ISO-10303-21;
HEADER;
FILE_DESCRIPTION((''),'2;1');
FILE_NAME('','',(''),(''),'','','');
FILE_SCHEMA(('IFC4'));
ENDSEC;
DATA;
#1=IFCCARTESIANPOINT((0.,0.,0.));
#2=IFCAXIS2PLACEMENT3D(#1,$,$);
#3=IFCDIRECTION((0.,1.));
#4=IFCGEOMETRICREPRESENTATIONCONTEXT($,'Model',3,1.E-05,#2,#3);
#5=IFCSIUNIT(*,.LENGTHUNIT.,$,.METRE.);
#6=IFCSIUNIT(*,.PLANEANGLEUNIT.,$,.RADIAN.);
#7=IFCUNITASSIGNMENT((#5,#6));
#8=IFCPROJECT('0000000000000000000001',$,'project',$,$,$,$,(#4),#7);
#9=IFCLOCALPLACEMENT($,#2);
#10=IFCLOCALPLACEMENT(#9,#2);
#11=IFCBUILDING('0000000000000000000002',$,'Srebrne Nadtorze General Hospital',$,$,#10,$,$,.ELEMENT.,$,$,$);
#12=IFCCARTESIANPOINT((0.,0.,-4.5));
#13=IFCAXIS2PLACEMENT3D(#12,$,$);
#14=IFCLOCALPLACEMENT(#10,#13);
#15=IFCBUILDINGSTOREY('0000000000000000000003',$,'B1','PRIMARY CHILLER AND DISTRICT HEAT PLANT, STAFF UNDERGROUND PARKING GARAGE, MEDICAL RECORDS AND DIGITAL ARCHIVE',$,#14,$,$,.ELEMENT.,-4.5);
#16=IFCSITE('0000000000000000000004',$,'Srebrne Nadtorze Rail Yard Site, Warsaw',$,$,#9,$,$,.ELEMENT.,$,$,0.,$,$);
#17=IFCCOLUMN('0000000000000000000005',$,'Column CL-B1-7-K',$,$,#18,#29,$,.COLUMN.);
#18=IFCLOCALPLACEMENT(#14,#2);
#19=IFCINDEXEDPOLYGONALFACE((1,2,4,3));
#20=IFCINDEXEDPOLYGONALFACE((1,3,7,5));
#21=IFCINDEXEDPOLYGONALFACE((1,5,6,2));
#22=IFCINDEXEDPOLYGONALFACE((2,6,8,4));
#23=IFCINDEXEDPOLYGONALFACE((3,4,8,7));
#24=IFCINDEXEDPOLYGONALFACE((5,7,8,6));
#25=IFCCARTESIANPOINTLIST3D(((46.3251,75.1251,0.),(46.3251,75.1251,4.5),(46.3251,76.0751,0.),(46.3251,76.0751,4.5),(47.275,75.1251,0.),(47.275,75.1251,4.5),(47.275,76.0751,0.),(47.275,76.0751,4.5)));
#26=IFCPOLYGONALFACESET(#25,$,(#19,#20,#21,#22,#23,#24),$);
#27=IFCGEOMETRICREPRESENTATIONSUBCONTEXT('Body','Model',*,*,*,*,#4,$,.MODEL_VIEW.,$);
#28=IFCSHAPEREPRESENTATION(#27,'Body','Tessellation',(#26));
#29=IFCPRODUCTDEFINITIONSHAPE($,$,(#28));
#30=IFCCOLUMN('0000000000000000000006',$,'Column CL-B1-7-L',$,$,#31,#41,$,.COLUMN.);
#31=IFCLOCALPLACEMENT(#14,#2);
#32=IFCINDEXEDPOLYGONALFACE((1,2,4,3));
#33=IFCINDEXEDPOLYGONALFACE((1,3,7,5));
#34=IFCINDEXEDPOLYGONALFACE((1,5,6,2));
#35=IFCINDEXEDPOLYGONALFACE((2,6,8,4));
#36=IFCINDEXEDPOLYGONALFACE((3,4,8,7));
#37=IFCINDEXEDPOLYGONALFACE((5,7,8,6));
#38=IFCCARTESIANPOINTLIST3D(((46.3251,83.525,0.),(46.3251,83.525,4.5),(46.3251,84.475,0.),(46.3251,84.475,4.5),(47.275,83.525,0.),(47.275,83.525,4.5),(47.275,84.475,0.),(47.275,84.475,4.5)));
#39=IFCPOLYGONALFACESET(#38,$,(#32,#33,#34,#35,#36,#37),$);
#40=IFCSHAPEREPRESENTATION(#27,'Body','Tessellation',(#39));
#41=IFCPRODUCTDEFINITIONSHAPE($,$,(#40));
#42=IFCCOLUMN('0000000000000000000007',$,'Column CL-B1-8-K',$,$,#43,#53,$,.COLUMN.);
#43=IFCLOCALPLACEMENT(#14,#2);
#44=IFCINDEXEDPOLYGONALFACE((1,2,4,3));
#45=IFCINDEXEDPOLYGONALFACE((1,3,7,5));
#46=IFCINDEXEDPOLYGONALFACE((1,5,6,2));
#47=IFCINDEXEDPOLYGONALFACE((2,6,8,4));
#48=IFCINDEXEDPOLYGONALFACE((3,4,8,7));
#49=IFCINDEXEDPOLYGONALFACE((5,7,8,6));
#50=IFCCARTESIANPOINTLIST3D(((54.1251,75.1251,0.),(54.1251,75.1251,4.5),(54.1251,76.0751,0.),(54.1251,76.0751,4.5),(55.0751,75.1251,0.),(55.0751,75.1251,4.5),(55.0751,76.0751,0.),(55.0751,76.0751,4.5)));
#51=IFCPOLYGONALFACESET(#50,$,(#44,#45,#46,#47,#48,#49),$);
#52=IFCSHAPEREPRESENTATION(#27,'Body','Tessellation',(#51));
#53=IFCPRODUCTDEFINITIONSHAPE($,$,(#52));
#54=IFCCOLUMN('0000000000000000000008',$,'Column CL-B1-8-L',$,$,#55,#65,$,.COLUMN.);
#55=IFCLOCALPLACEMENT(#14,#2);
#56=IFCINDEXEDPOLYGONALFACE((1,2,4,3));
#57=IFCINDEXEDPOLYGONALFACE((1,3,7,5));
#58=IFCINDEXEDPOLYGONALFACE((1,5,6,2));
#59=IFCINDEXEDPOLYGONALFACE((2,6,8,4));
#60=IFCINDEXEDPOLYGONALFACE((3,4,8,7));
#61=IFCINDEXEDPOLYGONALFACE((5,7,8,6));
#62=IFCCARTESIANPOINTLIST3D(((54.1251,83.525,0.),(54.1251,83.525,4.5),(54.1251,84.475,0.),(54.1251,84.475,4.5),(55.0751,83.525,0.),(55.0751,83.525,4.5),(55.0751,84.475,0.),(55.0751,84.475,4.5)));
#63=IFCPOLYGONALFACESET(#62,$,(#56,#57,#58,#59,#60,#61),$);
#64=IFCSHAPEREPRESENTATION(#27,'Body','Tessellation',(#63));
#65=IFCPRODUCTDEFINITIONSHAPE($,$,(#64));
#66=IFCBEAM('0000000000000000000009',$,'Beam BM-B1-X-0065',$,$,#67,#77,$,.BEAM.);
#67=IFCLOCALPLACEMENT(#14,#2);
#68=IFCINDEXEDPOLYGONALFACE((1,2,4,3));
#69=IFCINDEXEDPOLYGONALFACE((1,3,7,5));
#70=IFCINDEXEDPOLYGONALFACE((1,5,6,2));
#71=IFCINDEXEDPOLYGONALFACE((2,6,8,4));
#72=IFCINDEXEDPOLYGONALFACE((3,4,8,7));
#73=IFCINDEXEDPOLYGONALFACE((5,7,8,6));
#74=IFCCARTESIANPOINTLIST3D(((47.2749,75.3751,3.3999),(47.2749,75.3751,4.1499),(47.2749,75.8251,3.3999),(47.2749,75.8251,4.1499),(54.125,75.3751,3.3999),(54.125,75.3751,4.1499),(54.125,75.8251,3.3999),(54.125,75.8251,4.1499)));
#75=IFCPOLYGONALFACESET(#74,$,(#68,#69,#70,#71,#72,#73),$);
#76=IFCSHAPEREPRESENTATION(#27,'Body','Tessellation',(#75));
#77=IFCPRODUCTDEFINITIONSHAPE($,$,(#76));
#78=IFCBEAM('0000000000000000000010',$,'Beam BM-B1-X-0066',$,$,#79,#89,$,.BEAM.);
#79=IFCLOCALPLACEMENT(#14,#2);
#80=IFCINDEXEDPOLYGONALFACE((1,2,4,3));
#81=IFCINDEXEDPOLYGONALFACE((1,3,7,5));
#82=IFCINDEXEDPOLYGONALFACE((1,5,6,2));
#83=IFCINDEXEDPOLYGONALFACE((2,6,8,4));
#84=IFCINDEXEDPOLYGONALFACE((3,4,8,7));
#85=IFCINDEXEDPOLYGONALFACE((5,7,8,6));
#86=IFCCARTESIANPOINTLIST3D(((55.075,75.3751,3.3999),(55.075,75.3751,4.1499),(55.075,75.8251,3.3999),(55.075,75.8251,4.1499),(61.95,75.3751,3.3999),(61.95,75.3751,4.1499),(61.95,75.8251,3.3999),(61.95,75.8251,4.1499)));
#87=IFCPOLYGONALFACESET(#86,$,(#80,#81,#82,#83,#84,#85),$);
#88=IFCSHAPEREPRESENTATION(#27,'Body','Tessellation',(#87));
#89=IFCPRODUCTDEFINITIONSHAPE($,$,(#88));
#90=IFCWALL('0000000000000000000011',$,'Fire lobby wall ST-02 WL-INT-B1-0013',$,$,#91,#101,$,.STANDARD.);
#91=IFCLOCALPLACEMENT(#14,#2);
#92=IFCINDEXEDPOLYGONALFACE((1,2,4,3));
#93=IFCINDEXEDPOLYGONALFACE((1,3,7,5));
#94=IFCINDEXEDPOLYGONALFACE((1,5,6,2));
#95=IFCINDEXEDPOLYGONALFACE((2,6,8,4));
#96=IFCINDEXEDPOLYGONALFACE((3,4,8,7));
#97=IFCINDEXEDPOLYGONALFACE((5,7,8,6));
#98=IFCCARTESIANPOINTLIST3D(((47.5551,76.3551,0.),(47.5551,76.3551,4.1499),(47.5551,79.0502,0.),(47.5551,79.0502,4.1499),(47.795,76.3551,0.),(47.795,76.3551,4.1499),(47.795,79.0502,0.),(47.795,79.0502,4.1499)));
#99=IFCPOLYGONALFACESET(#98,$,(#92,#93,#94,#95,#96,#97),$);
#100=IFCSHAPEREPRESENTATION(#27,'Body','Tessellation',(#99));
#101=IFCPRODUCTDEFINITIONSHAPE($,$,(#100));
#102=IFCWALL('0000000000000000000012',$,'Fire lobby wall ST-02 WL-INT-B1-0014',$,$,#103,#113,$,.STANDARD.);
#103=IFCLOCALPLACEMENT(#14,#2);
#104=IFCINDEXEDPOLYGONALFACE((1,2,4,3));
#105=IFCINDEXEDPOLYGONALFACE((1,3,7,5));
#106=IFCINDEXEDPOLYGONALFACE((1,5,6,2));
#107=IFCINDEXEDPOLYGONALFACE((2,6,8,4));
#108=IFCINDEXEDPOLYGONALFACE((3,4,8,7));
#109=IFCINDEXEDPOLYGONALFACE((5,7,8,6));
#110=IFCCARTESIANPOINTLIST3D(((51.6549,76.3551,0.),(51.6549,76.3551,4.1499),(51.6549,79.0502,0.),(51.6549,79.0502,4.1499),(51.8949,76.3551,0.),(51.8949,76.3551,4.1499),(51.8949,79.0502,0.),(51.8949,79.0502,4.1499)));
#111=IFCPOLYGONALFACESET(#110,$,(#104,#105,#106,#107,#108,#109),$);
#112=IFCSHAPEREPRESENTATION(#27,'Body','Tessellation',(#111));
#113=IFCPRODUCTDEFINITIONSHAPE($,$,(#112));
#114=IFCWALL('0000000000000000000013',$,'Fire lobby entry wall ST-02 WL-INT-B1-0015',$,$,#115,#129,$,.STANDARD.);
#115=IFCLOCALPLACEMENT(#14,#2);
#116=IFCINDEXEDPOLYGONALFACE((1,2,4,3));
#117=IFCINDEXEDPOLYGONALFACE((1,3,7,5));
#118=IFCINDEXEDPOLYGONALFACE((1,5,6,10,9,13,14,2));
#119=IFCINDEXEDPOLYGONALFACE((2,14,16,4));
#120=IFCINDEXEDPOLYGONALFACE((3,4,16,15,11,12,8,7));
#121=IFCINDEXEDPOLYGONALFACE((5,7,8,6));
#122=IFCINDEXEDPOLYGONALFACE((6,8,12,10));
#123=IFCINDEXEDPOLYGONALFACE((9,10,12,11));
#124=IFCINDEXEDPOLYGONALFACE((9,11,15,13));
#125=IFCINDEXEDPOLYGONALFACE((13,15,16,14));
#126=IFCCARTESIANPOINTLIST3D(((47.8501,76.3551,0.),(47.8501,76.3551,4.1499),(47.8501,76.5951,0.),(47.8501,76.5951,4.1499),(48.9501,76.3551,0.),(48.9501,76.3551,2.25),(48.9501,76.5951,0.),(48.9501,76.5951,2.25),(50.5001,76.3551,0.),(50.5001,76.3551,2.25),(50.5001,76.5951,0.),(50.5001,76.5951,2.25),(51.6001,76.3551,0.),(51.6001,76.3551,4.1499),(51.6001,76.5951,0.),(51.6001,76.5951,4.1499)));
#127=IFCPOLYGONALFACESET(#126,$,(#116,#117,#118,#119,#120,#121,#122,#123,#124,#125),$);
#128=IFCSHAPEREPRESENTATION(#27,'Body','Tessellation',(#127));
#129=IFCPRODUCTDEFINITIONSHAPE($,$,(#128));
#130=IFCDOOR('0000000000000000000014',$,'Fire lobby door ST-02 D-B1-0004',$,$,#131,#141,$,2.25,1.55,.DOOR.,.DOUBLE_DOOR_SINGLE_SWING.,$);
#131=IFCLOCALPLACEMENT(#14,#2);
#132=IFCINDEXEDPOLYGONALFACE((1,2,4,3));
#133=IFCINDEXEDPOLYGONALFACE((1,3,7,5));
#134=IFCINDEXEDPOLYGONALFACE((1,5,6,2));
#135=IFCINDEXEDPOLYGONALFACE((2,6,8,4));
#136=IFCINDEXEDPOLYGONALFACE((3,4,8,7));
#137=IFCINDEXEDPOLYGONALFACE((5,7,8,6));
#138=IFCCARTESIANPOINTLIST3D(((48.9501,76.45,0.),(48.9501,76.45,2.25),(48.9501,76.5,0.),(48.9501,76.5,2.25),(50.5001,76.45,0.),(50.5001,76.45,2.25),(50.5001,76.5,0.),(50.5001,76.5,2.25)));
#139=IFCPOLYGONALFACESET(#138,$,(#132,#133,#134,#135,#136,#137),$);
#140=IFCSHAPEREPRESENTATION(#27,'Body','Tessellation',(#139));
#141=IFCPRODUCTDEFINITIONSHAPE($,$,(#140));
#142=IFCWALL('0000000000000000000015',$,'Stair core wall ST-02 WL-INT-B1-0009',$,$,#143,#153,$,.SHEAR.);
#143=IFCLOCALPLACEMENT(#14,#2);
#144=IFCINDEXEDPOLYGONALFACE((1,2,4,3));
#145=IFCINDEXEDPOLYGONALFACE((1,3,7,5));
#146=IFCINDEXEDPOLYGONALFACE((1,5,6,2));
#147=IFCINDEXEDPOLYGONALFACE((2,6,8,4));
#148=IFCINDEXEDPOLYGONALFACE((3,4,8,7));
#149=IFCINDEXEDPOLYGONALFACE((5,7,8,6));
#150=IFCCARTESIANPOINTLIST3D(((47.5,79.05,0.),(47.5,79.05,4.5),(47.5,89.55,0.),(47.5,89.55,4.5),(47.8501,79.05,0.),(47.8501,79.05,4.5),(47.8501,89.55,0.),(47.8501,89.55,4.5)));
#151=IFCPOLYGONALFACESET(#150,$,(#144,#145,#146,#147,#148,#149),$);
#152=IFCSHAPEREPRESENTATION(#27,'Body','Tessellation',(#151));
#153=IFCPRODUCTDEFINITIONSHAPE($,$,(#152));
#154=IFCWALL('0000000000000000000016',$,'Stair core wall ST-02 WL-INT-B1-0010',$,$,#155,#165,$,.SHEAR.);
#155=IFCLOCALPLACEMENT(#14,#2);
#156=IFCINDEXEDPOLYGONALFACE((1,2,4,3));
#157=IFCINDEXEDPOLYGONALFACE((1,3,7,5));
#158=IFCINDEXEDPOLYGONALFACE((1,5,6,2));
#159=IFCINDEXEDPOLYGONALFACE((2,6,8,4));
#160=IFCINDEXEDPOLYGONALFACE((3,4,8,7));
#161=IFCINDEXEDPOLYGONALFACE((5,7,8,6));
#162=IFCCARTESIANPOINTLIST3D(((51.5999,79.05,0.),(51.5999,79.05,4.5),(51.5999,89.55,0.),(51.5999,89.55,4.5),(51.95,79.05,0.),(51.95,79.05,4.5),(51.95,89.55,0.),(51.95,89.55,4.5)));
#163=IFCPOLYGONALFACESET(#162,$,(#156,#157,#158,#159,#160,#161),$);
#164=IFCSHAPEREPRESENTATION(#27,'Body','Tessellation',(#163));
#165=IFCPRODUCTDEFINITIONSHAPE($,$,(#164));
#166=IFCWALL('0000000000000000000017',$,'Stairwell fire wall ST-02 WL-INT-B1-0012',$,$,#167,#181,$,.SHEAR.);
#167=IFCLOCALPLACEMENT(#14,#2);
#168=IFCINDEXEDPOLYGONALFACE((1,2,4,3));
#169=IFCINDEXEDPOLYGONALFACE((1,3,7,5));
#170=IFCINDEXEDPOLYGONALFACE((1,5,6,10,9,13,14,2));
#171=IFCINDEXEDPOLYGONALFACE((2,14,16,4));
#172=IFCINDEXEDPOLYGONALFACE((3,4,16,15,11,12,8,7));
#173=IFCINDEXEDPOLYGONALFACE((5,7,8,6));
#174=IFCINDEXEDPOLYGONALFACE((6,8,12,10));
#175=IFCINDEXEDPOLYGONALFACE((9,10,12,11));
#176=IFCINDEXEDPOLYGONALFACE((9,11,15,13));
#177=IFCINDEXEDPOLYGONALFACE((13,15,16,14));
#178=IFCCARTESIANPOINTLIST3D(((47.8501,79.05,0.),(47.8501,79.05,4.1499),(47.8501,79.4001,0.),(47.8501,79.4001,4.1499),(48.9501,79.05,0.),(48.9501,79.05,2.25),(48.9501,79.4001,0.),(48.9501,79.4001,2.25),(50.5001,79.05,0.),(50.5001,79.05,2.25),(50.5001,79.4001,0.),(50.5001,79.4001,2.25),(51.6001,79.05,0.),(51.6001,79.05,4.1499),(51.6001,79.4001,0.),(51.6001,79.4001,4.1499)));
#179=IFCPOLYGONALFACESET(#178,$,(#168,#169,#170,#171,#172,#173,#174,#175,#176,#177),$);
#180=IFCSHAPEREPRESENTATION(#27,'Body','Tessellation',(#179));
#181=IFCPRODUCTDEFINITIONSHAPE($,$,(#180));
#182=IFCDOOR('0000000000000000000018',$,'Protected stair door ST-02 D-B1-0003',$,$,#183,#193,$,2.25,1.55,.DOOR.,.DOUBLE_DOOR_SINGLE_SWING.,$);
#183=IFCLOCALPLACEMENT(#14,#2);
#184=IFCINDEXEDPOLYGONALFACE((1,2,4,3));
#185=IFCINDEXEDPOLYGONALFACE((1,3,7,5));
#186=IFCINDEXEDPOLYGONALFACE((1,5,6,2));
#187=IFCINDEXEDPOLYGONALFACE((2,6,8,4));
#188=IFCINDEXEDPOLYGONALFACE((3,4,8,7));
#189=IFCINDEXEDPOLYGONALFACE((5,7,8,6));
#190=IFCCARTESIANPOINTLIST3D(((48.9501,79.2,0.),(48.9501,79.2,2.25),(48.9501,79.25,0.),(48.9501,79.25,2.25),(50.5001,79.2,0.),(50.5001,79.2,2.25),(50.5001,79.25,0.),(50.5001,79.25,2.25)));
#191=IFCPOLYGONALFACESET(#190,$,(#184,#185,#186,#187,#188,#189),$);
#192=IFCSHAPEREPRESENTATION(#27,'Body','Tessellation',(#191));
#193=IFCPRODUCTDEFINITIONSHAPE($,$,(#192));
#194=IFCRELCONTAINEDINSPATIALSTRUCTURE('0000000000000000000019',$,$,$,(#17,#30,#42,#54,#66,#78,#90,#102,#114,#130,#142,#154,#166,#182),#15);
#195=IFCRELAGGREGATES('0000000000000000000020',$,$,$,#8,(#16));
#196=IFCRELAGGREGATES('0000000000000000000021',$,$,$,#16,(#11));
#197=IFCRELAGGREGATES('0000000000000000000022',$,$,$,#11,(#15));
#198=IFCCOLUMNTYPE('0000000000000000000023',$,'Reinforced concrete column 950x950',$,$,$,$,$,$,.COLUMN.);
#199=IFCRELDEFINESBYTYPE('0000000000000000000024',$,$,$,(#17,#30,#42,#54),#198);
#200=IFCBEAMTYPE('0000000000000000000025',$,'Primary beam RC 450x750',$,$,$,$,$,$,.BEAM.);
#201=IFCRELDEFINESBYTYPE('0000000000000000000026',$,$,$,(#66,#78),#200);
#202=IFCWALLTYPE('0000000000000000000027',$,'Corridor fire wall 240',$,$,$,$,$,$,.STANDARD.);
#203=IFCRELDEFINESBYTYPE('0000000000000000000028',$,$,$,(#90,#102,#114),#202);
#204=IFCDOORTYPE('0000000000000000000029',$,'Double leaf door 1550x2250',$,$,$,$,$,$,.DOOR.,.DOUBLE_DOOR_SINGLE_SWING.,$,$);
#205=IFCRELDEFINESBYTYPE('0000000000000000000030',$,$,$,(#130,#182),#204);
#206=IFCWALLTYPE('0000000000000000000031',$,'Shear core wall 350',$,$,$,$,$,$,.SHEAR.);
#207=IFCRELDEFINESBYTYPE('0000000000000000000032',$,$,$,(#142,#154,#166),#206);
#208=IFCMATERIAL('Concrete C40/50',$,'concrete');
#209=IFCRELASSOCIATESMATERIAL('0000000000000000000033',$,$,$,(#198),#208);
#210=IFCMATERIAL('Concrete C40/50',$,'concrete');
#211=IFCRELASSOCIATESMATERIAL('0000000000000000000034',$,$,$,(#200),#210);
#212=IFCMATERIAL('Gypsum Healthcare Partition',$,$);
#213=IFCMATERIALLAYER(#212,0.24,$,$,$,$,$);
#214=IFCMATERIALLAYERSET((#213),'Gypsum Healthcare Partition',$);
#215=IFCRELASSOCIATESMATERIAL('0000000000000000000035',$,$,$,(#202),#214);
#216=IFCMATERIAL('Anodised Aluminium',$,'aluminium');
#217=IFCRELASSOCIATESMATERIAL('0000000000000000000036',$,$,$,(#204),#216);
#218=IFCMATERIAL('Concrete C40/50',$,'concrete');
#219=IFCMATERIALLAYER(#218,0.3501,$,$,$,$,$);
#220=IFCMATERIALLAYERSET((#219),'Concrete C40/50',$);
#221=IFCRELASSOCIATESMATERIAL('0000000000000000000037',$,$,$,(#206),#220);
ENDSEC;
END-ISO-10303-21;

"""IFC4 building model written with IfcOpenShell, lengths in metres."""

from ifc_helpers import new_model, si_unit, direction, frame, frame_2d, origin, origin_2d, place, context, subcontext, project, spatial, rectangle, extrude, material, layer, layer_set, material_profile, profile_set, type_object, element, fill, save


model = new_model("IFC4")

# Units and contexts
model_context = context("Model", 3, precision=1e-05, world=origin(), true_north=direction((0.0, 1.0)))
body_context = subcontext(model_context, "Body", "Model", "MODEL_VIEW")
ifc_project = project(units=[si_unit("LENGTHUNIT", "METRE"), si_unit("PLANEANGLEUNIT", "RADIAN")], contexts=[model_context])

# Site, building, storey
site_placement = place(None, origin())
site = spatial("IfcSite", under=ifc_project, at=site_placement, Name="Srebrne Nadtorze Rail Yard Site, Warsaw", CompositionType="ELEMENT", RefElevation=0.0)
building_placement = place(site_placement, origin())
building = spatial("IfcBuilding", under=site, at=building_placement, Name="Srebrne Nadtorze General Hospital", CompositionType="ELEMENT")
storey_placement = place(building_placement, frame((0.0, 0.0, -4.5)))
storey = spatial("IfcBuildingStorey", under=building, at=storey_placement, Name="B1", Description="PRIMARY CHILLER AND DISTRICT HEAT PLANT, STAFF UNDERGROUND PARKING GARAGE, MEDICAL RECORDS AND DIGITAL ARCHIVE", CompositionType="ELEMENT", Elevation=-4.5)

# Columns
ifc_material_1 = material(Name="Concrete C40/50", Category="concrete")
ifc_material_profile_1 = material_profile(ifc_material_1, rectangle(XDim=0.95, YDim=0.95, at=origin_2d()), Name="RC-COL-950x950")
ifc_profile_set_1 = profile_set([ifc_material_profile_1], Name="Concrete C40/50")
column_type = type_object("IfcColumnType", Name="Reinforced concrete column 950x950", PredefinedType="COLUMN", material=ifc_profile_set_1)
for number, where, z_axis, x_axis, name in (
    (1, (46.8, 75.6001, 0.0), (0.0, 0.0, 1.0), (1.0, 0.0, 0.0), "Column CL-B1-7-K"),
    (2, (46.8, 84.0, 0.0), (0.0, 0.0, 1.0), (1.0, 0.0, 0.0), "Column CL-B1-7-L"),
    (3, (54.6001, 75.6001, 0.0), (0.0, 0.0, 1.0), (1.0, 0.0, 0.0), "Column CL-B1-8-K"),
    (4, (54.6001, 84.0, 0.0), (0.0, 0.0, 1.0), (1.0, 0.0, 0.0), "Column CL-B1-8-L"),
):
    element("IfcColumn", number, at=place(storey_placement, frame(where, z_axis=z_axis, x_axis=x_axis)), inside=storey, type_object=column_type, Name=name, PredefinedType="COLUMN", context=body_context, shape_type="SweptSolid", body=[
        extrude(rectangle(XDim=0.95, YDim=0.95, at=origin_2d()), origin(), (0.0, 0.0, 1.0), 4.5),
    ])

# Beams
ifc_material_2 = material(Name="Concrete C40/50", Category="concrete")
ifc_material_profile_2 = material_profile(ifc_material_2, rectangle(XDim=0.45, YDim=0.75, at=origin_2d()), Name="RC-BM-450x750")
ifc_profile_set_2 = profile_set([ifc_material_profile_2], Name="Concrete C40/50")
beam_type = type_object("IfcBeamType", Name="Primary beam RC 450x750", PredefinedType="BEAM", material=ifc_profile_set_2)
beam_1_placement = place(storey_placement, frame((47.2749, 75.6001, 3.7749), z_axis=(1.0, 0.0, 0.0), x_axis=(0.0, 1.0, 0.0)))
element("IfcBeam", 5, at=beam_1_placement, inside=storey, type_object=beam_type, Name="Beam BM-B1-X-0065", PredefinedType="BEAM", context=body_context, shape_type="SweptSolid", body=[
    extrude(rectangle(XDim=0.45, YDim=0.75, at=origin_2d()), origin(), (0.0, 0.0, 1.0), 6.8501),
])
beam_2_placement = place(storey_placement, frame((55.075, 75.6001, 3.7749), z_axis=(1.0, 0.0, 0.0), x_axis=(0.0, 1.0, 0.0)))
element("IfcBeam", 6, at=beam_2_placement, inside=storey, type_object=beam_type, Name="Beam BM-B1-X-0066", PredefinedType="BEAM", context=body_context, shape_type="SweptSolid", body=[
    extrude(rectangle(XDim=0.45, YDim=0.75, at=origin_2d()), origin(), (0.0, 0.0, 1.0), 6.875),
])

# Walls
ifc_material_3 = material(Name="Gypsum Healthcare Partition")
ifc_layer_1 = layer(ifc_material_3, 0.24)
ifc_layer_set_1 = layer_set([ifc_layer_1], Name="Gypsum Healthcare Partition")
wall_type_1 = type_object("IfcWallType", Name="Corridor fire wall 240", PredefinedType="STANDARD", material=ifc_layer_set_1)
for number, where, z_axis, x_axis, name in (
    (7, (47.675, 76.355, 0.0), (0.0, 0.0, 1.0), (0.0, 1.0, 0.0), "Fire lobby wall ST-02 WL-INT-B1-0013"),
    (8, (51.7749, 76.355, 0.0), (0.0, 0.0, 1.0), (0.0, 1.0, 0.0), "Fire lobby wall ST-02 WL-INT-B1-0014"),
):
    element("IfcWall", number, at=place(storey_placement, frame(where, z_axis=z_axis, x_axis=x_axis)), inside=storey, type_object=wall_type_1, Name=name, PredefinedType="STANDARD", context=body_context, shape_type="SweptSolid", body=[
        extrude(rectangle(XDim=2.6951, YDim=0.24, at=frame_2d((1.3477, 0.0))), origin(), (0.0, 0.0, 1.0), 4.1499),
    ])

# Wall, opening, door
wall_1_placement = place(storey_placement, frame((47.8501, 76.4751, 0.0), z_axis=(0.0, 0.0, 1.0), x_axis=(1.0, 0.0, 0.0)))
wall_1 = element("IfcWall", 9, at=wall_1_placement, inside=storey, type_object=wall_type_1, Name="Fire lobby entry wall ST-02 WL-INT-B1-0015", PredefinedType="STANDARD", context=body_context, shape_type="SweptSolid", body=[
    extrude(rectangle(XDim=3.75, YDim=0.24, at=frame_2d((1.875, 0.0))), origin(), (0.0, 0.0, 1.0), 4.1499),
])
opening_1_placement = place(wall_1_placement, frame((1.1001, 0.0, 0.0)))
opening_1 = element("IfcOpeningElement", 10, at=opening_1_placement, cuts=wall_1, PredefinedType="OPENING", context=body_context, shape_type="SweptSolid", body=[
    extrude(rectangle(XDim=1.55, YDim=2.25, at=frame_2d((0.7749, 1.125))), frame((0.0, 0.1318, 0.0), z_axis=(0.0, -1.0, 0.0), x_axis=(1.0, 0.0, 0.0)), (0.0, 0.0, 1.0), 0.2639),
])
ifc_material_4 = material(Name="Anodised Aluminium", Category="aluminium")
door_type = type_object("IfcDoorType", Name="Double leaf door 1550x2250", OperationType="DOUBLE_DOOR_SINGLE_SWING", PredefinedType="DOOR", material=ifc_material_4)
door_1_placement = place(opening_1_placement, origin())
door_1 = element("IfcDoor", 11, at=door_1_placement, inside=storey, type_object=door_type, Name="Fire lobby door ST-02 D-B1-0004", OperationType="DOUBLE_DOOR_SINGLE_SWING", OverallHeight=2.25, OverallWidth=1.55, PredefinedType="DOOR", context=body_context, shape_type="SweptSolid", body=[
    extrude(rectangle(XDim=1.55, YDim=2.25, at=frame_2d((0.7749, 1.125))), frame((0.0, 0.0249, 0.0), z_axis=(0.0, -1.0, 0.0), x_axis=(1.0, 0.0, 0.0)), (0.0, 0.0, 1.0), 0.05),
])
fill(opening_1, door_1)

# Walls
ifc_material_5 = material(Name="Concrete C40/50", Category="concrete")
ifc_layer_2 = layer(ifc_material_5, 0.3501)
ifc_layer_set_2 = layer_set([ifc_layer_2], Name="Concrete C40/50")
wall_type_2 = type_object("IfcWallType", Name="Shear core wall 350", PredefinedType="SHEAR", material=ifc_layer_set_2)
for number, where, z_axis, x_axis, name in (
    (12, (47.675, 79.05, 0.0), (0.0, 0.0, 1.0), (0.0, 1.0, 0.0), "Stair core wall ST-02 WL-INT-B1-0009"),
    (13, (51.7749, 79.05, 0.0), (0.0, 0.0, 1.0), (0.0, 1.0, 0.0), "Stair core wall ST-02 WL-INT-B1-0010"),
):
    element("IfcWall", number, at=place(storey_placement, frame(where, z_axis=z_axis, x_axis=x_axis)), inside=storey, type_object=wall_type_2, Name=name, PredefinedType="SHEAR", context=body_context, shape_type="SweptSolid", body=[
        extrude(rectangle(XDim=10.5, YDim=0.3501, at=frame_2d((5.25, 0.0))), origin(), (0.0, 0.0, 1.0), 4.5),
    ])

# Wall, opening, door
wall_2_placement = place(storey_placement, frame((47.8501, 79.2251, 0.0), z_axis=(0.0, 0.0, 1.0), x_axis=(1.0, 0.0, 0.0)))
wall_2 = element("IfcWall", 14, at=wall_2_placement, inside=storey, type_object=wall_type_2, Name="Stairwell fire wall ST-02 WL-INT-B1-0012", PredefinedType="SHEAR", context=body_context, shape_type="SweptSolid", body=[
    extrude(rectangle(XDim=3.75, YDim=0.3501, at=frame_2d((1.875, 0.0))), origin(), (0.0, 0.0, 1.0), 4.1499),
])
opening_2_placement = place(wall_2_placement, frame((1.1001, 0.0, 0.0)))
opening_2 = element("IfcOpeningElement", 15, at=opening_2_placement, cuts=wall_2, PredefinedType="OPENING", context=body_context, shape_type="SweptSolid", body=[
    extrude(rectangle(XDim=1.55, YDim=2.25, at=frame_2d((0.7749, 1.125))), frame((0.0, 0.187, 0.0), z_axis=(0.0, -1.0, 0.0), x_axis=(1.0, 0.0, 0.0)), (0.0, 0.0, 1.0), 0.374),
])
door_2_placement = place(opening_2_placement, origin())
door_2 = element("IfcDoor", 16, at=door_2_placement, inside=storey, type_object=door_type, Name="Protected stair door ST-02 D-B1-0003", OperationType="DOUBLE_DOOR_SINGLE_SWING", OverallHeight=2.25, OverallWidth=1.55, PredefinedType="DOOR", context=body_context, shape_type="SweptSolid", body=[
    extrude(rectangle(XDim=1.55, YDim=2.25, at=frame_2d((0.7749, 1.125))), frame((0.0, 0.0249, 0.0), z_axis=(0.0, -1.0, 0.0), x_axis=(1.0, 0.0, 0.0)), (0.0, 0.0, 1.0), 0.05),
])
fill(opening_2, door_2)

save(model, "model.ifc")
